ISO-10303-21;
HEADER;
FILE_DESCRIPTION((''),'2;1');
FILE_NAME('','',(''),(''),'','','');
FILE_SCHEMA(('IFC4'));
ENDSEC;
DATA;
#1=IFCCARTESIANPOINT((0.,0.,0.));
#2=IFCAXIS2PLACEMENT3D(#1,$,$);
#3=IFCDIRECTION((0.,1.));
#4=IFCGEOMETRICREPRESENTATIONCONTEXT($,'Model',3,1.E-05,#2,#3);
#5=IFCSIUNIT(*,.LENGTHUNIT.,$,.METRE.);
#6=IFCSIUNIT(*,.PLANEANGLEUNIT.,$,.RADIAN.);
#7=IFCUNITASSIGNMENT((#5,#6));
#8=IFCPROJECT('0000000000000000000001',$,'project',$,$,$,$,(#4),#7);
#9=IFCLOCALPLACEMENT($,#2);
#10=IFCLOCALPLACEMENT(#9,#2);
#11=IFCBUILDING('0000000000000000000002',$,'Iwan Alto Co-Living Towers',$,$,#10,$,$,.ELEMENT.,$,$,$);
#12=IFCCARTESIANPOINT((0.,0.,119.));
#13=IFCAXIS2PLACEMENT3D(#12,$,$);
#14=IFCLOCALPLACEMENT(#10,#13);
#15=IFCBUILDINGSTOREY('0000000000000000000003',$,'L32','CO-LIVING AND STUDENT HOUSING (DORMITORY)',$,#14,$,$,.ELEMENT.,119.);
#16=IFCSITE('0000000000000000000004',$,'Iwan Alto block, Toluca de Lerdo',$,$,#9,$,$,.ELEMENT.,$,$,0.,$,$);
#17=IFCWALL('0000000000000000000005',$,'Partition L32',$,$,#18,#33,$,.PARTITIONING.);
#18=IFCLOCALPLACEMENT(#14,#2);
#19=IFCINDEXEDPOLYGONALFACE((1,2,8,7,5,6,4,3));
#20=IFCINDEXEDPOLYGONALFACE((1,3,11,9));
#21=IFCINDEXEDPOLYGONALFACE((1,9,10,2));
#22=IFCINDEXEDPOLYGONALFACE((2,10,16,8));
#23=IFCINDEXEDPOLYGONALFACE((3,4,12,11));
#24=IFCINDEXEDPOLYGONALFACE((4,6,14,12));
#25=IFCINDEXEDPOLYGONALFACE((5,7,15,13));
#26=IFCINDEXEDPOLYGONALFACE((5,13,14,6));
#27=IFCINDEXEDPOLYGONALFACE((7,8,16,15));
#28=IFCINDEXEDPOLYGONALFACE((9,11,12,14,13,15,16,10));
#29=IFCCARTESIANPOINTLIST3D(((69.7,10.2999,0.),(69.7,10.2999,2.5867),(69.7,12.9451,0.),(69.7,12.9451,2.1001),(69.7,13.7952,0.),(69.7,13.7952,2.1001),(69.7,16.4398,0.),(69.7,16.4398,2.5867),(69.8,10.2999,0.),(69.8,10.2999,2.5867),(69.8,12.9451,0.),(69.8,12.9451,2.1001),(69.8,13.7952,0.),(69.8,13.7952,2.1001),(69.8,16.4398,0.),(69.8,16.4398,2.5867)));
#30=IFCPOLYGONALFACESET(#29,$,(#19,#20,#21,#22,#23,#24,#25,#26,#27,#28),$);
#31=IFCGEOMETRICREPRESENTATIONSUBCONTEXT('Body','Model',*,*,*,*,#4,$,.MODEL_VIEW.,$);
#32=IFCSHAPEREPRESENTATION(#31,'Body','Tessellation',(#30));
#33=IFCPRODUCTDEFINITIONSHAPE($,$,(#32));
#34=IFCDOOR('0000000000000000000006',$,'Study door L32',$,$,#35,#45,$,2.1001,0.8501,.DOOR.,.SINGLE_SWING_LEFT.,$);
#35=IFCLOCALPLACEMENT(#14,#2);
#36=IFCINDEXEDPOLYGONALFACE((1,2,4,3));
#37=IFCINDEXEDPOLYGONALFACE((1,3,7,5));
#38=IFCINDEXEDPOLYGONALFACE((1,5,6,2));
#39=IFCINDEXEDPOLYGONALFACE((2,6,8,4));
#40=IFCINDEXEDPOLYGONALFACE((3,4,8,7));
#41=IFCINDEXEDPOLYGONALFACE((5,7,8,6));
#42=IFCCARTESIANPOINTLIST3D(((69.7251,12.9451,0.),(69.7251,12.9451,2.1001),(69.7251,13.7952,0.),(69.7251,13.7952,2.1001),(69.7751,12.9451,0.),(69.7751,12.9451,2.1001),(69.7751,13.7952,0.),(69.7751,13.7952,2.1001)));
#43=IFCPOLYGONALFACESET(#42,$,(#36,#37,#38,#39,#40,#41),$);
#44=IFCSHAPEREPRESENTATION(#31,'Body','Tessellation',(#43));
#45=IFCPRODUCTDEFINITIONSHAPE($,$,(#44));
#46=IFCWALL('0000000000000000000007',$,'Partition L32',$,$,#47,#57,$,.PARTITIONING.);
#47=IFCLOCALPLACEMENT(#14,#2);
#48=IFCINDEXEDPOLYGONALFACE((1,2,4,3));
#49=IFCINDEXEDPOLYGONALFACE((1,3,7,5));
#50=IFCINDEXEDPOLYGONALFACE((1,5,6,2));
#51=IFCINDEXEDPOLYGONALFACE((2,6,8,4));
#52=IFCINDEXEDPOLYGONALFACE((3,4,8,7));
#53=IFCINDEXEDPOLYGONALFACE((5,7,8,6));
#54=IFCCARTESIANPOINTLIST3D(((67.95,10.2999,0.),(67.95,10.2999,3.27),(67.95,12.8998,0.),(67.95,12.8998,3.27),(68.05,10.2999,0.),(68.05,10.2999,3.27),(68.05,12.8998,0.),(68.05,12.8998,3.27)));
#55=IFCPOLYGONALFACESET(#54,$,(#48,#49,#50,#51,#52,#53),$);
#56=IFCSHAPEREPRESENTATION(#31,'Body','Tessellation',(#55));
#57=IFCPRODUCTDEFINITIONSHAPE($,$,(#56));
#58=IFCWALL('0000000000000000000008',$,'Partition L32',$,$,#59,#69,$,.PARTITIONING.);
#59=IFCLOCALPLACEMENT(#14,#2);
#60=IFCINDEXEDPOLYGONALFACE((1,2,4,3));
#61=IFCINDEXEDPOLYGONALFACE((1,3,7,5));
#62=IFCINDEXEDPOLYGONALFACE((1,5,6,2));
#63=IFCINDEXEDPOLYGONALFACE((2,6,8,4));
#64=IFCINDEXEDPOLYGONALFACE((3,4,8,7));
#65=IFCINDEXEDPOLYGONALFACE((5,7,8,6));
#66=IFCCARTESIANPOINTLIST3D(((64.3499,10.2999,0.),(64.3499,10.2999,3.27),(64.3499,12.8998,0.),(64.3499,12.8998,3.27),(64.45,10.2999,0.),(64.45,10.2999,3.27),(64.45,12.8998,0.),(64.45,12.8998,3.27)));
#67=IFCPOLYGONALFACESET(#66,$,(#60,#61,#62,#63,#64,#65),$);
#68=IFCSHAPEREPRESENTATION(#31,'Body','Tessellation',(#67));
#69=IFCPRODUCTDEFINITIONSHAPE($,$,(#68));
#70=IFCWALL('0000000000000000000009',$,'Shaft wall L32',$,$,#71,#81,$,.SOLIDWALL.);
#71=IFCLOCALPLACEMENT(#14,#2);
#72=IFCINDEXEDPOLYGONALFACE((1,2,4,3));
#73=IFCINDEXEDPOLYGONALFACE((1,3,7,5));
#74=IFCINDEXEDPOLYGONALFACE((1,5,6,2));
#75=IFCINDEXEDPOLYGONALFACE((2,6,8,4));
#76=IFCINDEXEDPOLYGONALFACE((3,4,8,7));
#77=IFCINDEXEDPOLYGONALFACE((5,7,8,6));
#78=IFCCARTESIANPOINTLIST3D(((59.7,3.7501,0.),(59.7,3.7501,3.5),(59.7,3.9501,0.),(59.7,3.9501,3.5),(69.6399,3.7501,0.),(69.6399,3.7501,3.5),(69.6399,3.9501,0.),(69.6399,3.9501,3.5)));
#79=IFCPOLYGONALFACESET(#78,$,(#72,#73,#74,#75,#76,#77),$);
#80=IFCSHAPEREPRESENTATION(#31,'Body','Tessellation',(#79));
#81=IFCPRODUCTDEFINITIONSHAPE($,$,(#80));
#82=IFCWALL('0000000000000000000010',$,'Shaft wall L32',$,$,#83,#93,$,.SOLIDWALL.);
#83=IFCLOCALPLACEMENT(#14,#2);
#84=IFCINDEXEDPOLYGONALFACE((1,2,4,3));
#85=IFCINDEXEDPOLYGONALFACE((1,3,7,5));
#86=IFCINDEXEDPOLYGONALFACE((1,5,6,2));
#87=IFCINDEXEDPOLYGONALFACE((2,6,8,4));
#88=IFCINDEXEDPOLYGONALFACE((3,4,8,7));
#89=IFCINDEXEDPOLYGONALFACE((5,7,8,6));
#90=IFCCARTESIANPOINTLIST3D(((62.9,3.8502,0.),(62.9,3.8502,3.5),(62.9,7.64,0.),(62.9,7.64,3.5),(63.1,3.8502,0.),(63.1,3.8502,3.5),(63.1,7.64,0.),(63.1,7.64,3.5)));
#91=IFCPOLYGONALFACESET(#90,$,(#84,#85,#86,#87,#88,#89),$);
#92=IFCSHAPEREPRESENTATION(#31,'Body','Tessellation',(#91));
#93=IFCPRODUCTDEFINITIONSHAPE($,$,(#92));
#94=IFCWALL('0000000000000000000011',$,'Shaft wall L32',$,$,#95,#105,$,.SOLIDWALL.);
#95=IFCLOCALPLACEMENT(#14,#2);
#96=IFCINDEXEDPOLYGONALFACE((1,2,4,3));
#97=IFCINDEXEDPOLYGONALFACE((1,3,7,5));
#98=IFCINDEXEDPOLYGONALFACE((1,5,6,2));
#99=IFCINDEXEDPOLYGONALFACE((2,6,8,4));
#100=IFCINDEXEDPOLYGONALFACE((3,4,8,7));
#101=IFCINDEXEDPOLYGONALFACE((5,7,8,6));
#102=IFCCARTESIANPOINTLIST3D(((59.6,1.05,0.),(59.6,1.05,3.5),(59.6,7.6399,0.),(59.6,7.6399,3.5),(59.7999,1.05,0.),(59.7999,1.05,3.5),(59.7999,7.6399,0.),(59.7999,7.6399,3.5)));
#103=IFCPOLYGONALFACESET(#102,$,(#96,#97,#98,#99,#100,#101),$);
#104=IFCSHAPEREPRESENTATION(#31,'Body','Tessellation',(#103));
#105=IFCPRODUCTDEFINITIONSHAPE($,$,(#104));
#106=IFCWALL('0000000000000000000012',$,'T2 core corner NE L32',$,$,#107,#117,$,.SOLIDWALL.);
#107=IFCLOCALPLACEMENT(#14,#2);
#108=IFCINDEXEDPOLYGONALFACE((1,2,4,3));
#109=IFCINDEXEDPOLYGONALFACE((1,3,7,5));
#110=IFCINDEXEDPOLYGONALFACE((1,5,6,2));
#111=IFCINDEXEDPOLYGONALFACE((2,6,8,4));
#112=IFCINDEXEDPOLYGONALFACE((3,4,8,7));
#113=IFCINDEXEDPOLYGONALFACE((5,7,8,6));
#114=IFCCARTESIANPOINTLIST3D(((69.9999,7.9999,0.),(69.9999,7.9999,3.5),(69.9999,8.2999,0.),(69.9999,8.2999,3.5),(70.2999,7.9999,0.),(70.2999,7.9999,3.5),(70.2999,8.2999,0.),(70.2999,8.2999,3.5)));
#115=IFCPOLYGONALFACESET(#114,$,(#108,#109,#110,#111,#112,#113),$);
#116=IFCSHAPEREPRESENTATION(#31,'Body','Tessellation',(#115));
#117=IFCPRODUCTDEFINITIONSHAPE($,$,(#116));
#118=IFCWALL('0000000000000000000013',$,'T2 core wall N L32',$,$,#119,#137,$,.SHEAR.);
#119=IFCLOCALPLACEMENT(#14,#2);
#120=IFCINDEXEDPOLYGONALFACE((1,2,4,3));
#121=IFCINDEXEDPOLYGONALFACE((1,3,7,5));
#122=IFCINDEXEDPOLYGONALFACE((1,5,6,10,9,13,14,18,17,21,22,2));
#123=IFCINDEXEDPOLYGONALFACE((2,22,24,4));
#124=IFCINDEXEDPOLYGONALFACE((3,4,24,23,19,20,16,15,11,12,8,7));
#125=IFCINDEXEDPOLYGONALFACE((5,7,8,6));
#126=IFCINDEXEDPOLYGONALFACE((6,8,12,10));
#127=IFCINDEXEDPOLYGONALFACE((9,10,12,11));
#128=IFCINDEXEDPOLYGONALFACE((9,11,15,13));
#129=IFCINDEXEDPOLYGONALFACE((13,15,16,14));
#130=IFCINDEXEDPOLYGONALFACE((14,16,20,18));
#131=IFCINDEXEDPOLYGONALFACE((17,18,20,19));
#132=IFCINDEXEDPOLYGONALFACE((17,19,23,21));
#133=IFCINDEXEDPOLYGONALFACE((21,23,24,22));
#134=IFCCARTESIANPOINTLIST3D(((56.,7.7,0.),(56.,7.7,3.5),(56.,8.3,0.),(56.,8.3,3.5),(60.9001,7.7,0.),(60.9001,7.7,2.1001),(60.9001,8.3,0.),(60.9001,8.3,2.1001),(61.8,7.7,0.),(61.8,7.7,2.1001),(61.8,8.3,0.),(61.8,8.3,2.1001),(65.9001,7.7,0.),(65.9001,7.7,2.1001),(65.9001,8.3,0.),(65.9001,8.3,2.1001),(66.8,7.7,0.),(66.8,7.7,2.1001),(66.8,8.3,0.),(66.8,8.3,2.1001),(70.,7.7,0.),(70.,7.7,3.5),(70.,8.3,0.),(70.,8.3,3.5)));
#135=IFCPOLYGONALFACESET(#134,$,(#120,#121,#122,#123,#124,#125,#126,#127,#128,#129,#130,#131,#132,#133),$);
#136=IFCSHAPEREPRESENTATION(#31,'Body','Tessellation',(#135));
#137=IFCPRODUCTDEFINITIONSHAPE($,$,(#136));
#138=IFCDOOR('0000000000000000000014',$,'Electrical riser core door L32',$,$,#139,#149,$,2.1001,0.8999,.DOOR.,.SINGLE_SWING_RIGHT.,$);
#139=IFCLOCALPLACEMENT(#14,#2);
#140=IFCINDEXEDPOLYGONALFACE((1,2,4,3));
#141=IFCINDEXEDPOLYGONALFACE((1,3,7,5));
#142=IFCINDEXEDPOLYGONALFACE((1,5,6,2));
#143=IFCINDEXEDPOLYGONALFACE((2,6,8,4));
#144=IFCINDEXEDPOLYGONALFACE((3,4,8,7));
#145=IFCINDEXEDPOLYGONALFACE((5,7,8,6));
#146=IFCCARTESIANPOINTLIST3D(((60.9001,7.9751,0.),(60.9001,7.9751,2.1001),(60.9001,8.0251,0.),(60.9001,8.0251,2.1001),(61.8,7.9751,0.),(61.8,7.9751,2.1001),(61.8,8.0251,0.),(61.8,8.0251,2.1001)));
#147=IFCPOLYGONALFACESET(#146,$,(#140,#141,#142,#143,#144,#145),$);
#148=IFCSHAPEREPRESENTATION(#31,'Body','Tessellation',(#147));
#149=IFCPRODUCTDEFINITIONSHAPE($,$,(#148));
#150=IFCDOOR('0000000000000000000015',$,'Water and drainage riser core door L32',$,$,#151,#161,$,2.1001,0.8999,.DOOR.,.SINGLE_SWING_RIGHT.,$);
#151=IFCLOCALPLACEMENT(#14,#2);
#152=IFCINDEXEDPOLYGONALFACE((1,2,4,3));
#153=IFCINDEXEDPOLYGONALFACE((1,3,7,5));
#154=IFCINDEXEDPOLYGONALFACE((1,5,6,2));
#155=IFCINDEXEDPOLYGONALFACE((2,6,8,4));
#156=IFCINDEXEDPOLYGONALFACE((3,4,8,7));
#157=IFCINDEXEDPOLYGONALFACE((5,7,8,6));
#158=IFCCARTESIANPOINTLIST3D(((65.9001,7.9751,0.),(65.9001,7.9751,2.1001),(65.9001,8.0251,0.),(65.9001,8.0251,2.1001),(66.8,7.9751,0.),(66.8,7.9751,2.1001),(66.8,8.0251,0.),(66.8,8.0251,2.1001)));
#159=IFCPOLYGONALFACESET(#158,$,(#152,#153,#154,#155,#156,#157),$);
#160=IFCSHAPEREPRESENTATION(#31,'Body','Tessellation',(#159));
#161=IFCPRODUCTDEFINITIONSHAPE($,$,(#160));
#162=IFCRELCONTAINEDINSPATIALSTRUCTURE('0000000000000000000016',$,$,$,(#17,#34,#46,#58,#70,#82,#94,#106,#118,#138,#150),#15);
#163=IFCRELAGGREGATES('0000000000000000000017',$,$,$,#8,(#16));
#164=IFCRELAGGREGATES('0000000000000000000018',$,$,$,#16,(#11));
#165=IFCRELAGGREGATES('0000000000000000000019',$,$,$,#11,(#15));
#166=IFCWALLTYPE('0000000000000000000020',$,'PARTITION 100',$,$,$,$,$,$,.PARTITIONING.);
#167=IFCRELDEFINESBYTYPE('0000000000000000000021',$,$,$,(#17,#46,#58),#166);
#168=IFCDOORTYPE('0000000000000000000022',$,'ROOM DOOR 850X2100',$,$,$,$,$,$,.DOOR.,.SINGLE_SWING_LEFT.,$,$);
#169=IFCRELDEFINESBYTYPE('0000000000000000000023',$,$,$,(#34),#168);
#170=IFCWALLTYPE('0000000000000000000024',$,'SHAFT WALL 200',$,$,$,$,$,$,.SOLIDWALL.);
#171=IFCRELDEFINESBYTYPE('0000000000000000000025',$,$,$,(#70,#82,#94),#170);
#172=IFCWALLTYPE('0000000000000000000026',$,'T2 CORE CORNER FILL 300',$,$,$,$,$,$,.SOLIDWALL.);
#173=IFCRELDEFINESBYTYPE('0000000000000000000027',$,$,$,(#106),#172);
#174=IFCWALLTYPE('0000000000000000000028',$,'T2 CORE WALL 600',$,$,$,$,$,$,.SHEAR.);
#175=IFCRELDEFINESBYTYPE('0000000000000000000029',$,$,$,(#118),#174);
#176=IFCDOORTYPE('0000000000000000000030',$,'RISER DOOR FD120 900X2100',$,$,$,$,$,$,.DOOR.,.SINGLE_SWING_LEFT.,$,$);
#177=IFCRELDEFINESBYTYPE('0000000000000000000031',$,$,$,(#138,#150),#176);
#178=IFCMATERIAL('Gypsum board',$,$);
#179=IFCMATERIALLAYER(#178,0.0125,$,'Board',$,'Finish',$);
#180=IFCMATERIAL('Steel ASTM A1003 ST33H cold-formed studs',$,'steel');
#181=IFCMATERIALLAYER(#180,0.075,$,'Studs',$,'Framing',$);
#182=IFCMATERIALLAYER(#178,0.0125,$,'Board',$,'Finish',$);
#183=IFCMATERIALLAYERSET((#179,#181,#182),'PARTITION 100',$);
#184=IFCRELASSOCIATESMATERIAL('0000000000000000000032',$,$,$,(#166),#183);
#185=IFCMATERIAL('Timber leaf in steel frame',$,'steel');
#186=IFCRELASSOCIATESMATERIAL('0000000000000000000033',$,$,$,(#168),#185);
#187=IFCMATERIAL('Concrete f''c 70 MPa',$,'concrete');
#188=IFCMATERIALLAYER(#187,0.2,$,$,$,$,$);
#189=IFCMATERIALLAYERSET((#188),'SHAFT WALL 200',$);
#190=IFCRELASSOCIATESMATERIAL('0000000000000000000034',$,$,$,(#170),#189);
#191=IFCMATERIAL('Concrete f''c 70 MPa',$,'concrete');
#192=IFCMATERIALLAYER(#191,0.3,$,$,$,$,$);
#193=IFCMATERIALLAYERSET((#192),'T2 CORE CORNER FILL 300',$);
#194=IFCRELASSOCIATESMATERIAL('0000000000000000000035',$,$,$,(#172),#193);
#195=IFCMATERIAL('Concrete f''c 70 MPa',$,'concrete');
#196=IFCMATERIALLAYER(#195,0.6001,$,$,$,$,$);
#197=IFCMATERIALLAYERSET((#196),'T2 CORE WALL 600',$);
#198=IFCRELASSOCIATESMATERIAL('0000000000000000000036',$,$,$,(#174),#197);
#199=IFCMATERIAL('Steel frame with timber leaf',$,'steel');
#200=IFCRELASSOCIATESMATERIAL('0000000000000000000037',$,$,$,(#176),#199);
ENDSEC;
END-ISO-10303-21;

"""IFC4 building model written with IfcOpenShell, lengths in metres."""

from ifc_helpers import new_model, si_unit, direction, frame, frame_2d, origin, place, context, subcontext, project, spatial, rectangle, extrude, material, layer, layer_set, type_object, element, fill, save


model = new_model("IFC4")

# Units and contexts
model_context = context("Model", 3, precision=1e-05, world=origin(), true_north=direction((0.0, 1.0)))
body_context = subcontext(model_context, "Body", "Model", "MODEL_VIEW")
ifc_project = project(units=[si_unit("LENGTHUNIT", "METRE"), si_unit("PLANEANGLEUNIT", "RADIAN")], contexts=[model_context])

# Site, building, storey
site_placement = place(None, origin())
site = spatial("IfcSite", under=ifc_project, at=site_placement, Name="Iwan Alto block, Toluca de Lerdo", CompositionType="ELEMENT", RefElevation=0.0)
building_placement = place(site_placement, origin())
building = spatial("IfcBuilding", under=site, at=building_placement, Name="Iwan Alto Co-Living Towers", CompositionType="ELEMENT")
storey_placement = place(building_placement, frame((0.0, 0.0, 119.0)))
storey = spatial("IfcBuildingStorey", under=building, at=storey_placement, Name="L32", Description="CO-LIVING AND STUDENT HOUSING (DORMITORY)", CompositionType="ELEMENT", Elevation=119.0)

# Shared definitions
ifc_material_1 = material(Name="Gypsum board")
ifc_layer_1 = layer(ifc_material_1, 0.0125, Name="Board", Category="Finish")
ifc_material_2 = material(Name="Steel ASTM A1003 ST33H cold-formed studs", Category="steel")
ifc_layer_2 = layer(ifc_material_2, 0.075, Name="Studs", Category="Framing")
ifc_layer_3 = layer(ifc_material_1, 0.0125, Name="Board", Category="Finish")
ifc_layer_set_1 = layer_set([ifc_layer_1, ifc_layer_2, ifc_layer_3], Name="PARTITION 100")
wall_type_1 = type_object("IfcWallType", Name="PARTITION 100", PredefinedType="PARTITIONING", material=ifc_layer_set_1)
ifc_material_3 = material(Name="Timber leaf in steel frame", Category="steel")
door_type_1 = type_object("IfcDoorType", Name="ROOM DOOR 850X2100", OperationType="SINGLE_SWING_LEFT", PredefinedType="DOOR", material=ifc_material_3)

# Wall, opening, door
wall_1_placement = place(storey_placement, frame((69.75, 10.3, 0.0), z_axis=(0.0, 0.0, 1.0), x_axis=(0.0, 1.0, 0.0)))
wall_1 = element("IfcWall", 1, at=wall_1_placement, inside=storey, type_object=wall_type_1, Name="Partition L32", PredefinedType="PARTITIONING", context=body_context, shape_type="SweptSolid", body=[
    extrude(rectangle(XDim=6.1399, YDim=0.1001, at=frame_2d((3.0698, 0.0))), origin(), (0.0, 0.0, 1.0), 2.5867),
])
opening_1_placement = place(wall_1_placement, frame((2.645, 0.0, 0.0)))
opening_1 = element("IfcOpeningElement", 2, at=opening_1_placement, cuts=wall_1, PredefinedType="OPENING", context=body_context, shape_type="SweptSolid", body=[
    extrude(rectangle(XDim=0.8501, YDim=2.1001, at=frame_2d((0.425, 1.05))), frame((0.0, 0.0601, 0.0), z_axis=(0.0, -1.0, 0.0), x_axis=(1.0, 0.0, 0.0)), (0.0, 0.0, 1.0), 0.1201),
])
door_1_placement = place(opening_1_placement, origin())
door_1 = element("IfcDoor", 3, at=door_1_placement, inside=storey, type_object=door_type_1, Name="Study door L32", OperationType="SINGLE_SWING_LEFT", OverallHeight=2.1001, OverallWidth=0.8501, PredefinedType="DOOR", context=body_context, shape_type="SweptSolid", body=[
    extrude(rectangle(XDim=0.8501, YDim=2.1001, at=frame_2d((0.425, 1.05))), frame((0.0, 0.0249, 0.0), z_axis=(0.0, -1.0, 0.0), x_axis=(1.0, 0.0, 0.0)), (0.0, 0.0, 1.0), 0.05),
])
fill(opening_1, door_1)

# Walls
for number, where, z_axis, x_axis, name in (
    (4, (68.0, 10.3, 0.0), (0.0, 0.0, 1.0), (0.0, 1.0, 0.0), "Partition L32"),
    (5, (64.3999, 10.3, 0.0), (0.0, 0.0, 1.0), (0.0, 1.0, 0.0), "Partition L32"),
):
    element("IfcWall", number, at=place(storey_placement, frame(where, z_axis=z_axis, x_axis=x_axis)), inside=storey, type_object=wall_type_1, Name=name, PredefinedType="PARTITIONING", context=body_context, shape_type="SweptSolid", body=[
        extrude(rectangle(XDim=2.5999, YDim=0.1001, at=frame_2d((1.2998, 0.0))), origin(), (0.0, 0.0, 1.0), 3.27),
    ])
ifc_material_4 = material(Name="Concrete f'c 70 MPa", Category="concrete")
ifc_layer_4 = layer(ifc_material_4, 0.2)
ifc_layer_set_2 = layer_set([ifc_layer_4], Name="SHAFT WALL 200")
wall_type_2 = type_object("IfcWallType", Name="SHAFT WALL 200", PredefinedType="SOLIDWALL", material=ifc_layer_set_2)
wall_2_placement = place(storey_placement, frame((59.7, 3.8501, 0.0), z_axis=(0.0, 0.0, 1.0), x_axis=(1.0, 0.0, 0.0)))
element("IfcWall", 6, at=wall_2_placement, inside=storey, type_object=wall_type_2, Name="Shaft wall L32", PredefinedType="SOLIDWALL", context=body_context, shape_type="SweptSolid", body=[
    extrude(rectangle(XDim=9.9399, YDim=0.2, at=frame_2d((4.97, 0.0))), origin(), (0.0, 0.0, 1.0), 3.5),
])
wall_3_placement = place(storey_placement, frame((63.0, 3.8501, 0.0), z_axis=(0.0, 0.0, 1.0), x_axis=(0.0, 1.0, 0.0)))
element("IfcWall", 7, at=wall_3_placement, inside=storey, type_object=wall_type_2, Name="Shaft wall L32", PredefinedType="SOLIDWALL", context=body_context, shape_type="SweptSolid", body=[
    extrude(rectangle(XDim=3.7898, YDim=0.2, at=frame_2d((1.895, 0.0))), origin(), (0.0, 0.0, 1.0), 3.5),
])
wall_4_placement = place(storey_placement, frame((59.7, 1.05, 0.0), z_axis=(0.0, 0.0, 1.0), x_axis=(0.0, 1.0, 0.0)))
element("IfcWall", 8, at=wall_4_placement, inside=storey, type_object=wall_type_2, Name="Shaft wall L32", PredefinedType="SOLIDWALL", context=body_context, shape_type="SweptSolid", body=[
    extrude(rectangle(XDim=6.5898, YDim=0.2, at=frame_2d((3.2949, 0.0))), origin(), (0.0, 0.0, 1.0), 3.5),
])
ifc_material_5 = material(Name="Concrete f'c 70 MPa", Category="concrete")
ifc_layer_5 = layer(ifc_material_5, 0.3)
ifc_layer_set_3 = layer_set([ifc_layer_5], Name="T2 CORE CORNER FILL 300")
wall_type_3 = type_object("IfcWallType", Name="T2 CORE CORNER FILL 300", PredefinedType="SOLIDWALL", material=ifc_layer_set_3)
wall_5_placement = place(storey_placement, frame((70.0, 8.1499, 0.0), z_axis=(0.0, 0.0, 1.0), x_axis=(1.0, 0.0, 0.0)))
element("IfcWall", 9, at=wall_5_placement, inside=storey, type_object=wall_type_3, Name="T2 core corner NE L32", PredefinedType="SOLIDWALL", context=body_context, shape_type="SweptSolid", body=[
    extrude(rectangle(XDim=0.3, YDim=0.3, at=frame_2d((0.1499, 0.0))), origin(), (0.0, 0.0, 1.0), 3.5),
])

# Wall, openings, doors
ifc_material_6 = material(Name="Concrete f'c 70 MPa", Category="concrete")
ifc_layer_6 = layer(ifc_material_6, 0.6001)
ifc_layer_set_4 = layer_set([ifc_layer_6], Name="T2 CORE WALL 600")
wall_type_4 = type_object("IfcWallType", Name="T2 CORE WALL 600", PredefinedType="SHEAR", material=ifc_layer_set_4)
wall_6_placement = place(storey_placement, frame((70.0, 8.0, 0.0), z_axis=(0.0, 0.0, 1.0), x_axis=(-1.0, 0.0, 0.0)))
wall_6 = element("IfcWall", 10, at=wall_6_placement, inside=storey, type_object=wall_type_4, Name="T2 core wall N L32", PredefinedType="SHEAR", context=body_context, shape_type="SweptSolid", body=[
    extrude(rectangle(XDim=14.0, YDim=0.6001, at=frame_2d((7.0, 0.0))), origin(), (0.0, 0.0, 1.0), 3.5),
])
opening_2_placement = place(wall_6_placement, frame((8.2, 0.0, 0.0)))
opening_2 = element("IfcOpeningElement", 11, at=opening_2_placement, cuts=wall_6, PredefinedType="OPENING", context=body_context, shape_type="SweptSolid", body=[
    extrude(rectangle(XDim=0.8999, YDim=2.1001, at=frame_2d((0.45, 1.05))), frame((0.0, 0.3101, 0.0), z_axis=(0.0, -1.0, 0.0), x_axis=(1.0, 0.0, 0.0)), (0.0, 0.0, 1.0), 0.6201),
])
opening_3_placement = place(wall_6_placement, frame((3.2, 0.0, 0.0)))
opening_3 = element("IfcOpeningElement", 12, at=opening_3_placement, cuts=wall_6, PredefinedType="OPENING", context=body_context, shape_type="SweptSolid", body=[
    extrude(rectangle(XDim=0.8999, YDim=2.1001, at=frame_2d((0.45, 1.05))), frame((0.0, 0.3101, 0.0), z_axis=(0.0, -1.0, 0.0), x_axis=(1.0, 0.0, 0.0)), (0.0, 0.0, 1.0), 0.6201),
])
ifc_material_7 = material(Name="Steel frame with timber leaf", Category="steel")
door_type_2 = type_object("IfcDoorType", Name="RISER DOOR FD120 900X2100", OperationType="SINGLE_SWING_LEFT", PredefinedType="DOOR", material=ifc_material_7)
door_2_placement = place(opening_2_placement, origin())
door_2 = element("IfcDoor", 13, at=door_2_placement, inside=storey, type_object=door_type_2, Name="Electrical riser core door L32", OperationType="SINGLE_SWING_RIGHT", OverallHeight=2.1001, OverallWidth=0.8999, PredefinedType="DOOR", context=body_context, shape_type="SweptSolid", body=[
    extrude(rectangle(XDim=0.8999, YDim=2.1001, at=frame_2d((0.45, 1.05))), frame((0.0, 0.0249, 0.0), z_axis=(0.0, -1.0, 0.0), x_axis=(1.0, 0.0, 0.0)), (0.0, 0.0, 1.0), 0.05),
])
fill(opening_2, door_2)
door_3_placement = place(opening_3_placement, origin())
door_3 = element("IfcDoor", 14, at=door_3_placement, inside=storey, type_object=door_type_2, Name="Water and drainage riser core door L32", OperationType="SINGLE_SWING_RIGHT", OverallHeight=2.1001, OverallWidth=0.8999, PredefinedType="DOOR", context=body_context, shape_type="SweptSolid", body=[
    extrude(rectangle(XDim=0.8999, YDim=2.1001, at=frame_2d((0.45, 1.05))), frame((0.0, 0.0249, 0.0), z_axis=(0.0, -1.0, 0.0), x_axis=(1.0, 0.0, 0.0)), (0.0, 0.0, 1.0), 0.05),
])
fill(opening_3, door_3)

save(model, "model.ifc")
